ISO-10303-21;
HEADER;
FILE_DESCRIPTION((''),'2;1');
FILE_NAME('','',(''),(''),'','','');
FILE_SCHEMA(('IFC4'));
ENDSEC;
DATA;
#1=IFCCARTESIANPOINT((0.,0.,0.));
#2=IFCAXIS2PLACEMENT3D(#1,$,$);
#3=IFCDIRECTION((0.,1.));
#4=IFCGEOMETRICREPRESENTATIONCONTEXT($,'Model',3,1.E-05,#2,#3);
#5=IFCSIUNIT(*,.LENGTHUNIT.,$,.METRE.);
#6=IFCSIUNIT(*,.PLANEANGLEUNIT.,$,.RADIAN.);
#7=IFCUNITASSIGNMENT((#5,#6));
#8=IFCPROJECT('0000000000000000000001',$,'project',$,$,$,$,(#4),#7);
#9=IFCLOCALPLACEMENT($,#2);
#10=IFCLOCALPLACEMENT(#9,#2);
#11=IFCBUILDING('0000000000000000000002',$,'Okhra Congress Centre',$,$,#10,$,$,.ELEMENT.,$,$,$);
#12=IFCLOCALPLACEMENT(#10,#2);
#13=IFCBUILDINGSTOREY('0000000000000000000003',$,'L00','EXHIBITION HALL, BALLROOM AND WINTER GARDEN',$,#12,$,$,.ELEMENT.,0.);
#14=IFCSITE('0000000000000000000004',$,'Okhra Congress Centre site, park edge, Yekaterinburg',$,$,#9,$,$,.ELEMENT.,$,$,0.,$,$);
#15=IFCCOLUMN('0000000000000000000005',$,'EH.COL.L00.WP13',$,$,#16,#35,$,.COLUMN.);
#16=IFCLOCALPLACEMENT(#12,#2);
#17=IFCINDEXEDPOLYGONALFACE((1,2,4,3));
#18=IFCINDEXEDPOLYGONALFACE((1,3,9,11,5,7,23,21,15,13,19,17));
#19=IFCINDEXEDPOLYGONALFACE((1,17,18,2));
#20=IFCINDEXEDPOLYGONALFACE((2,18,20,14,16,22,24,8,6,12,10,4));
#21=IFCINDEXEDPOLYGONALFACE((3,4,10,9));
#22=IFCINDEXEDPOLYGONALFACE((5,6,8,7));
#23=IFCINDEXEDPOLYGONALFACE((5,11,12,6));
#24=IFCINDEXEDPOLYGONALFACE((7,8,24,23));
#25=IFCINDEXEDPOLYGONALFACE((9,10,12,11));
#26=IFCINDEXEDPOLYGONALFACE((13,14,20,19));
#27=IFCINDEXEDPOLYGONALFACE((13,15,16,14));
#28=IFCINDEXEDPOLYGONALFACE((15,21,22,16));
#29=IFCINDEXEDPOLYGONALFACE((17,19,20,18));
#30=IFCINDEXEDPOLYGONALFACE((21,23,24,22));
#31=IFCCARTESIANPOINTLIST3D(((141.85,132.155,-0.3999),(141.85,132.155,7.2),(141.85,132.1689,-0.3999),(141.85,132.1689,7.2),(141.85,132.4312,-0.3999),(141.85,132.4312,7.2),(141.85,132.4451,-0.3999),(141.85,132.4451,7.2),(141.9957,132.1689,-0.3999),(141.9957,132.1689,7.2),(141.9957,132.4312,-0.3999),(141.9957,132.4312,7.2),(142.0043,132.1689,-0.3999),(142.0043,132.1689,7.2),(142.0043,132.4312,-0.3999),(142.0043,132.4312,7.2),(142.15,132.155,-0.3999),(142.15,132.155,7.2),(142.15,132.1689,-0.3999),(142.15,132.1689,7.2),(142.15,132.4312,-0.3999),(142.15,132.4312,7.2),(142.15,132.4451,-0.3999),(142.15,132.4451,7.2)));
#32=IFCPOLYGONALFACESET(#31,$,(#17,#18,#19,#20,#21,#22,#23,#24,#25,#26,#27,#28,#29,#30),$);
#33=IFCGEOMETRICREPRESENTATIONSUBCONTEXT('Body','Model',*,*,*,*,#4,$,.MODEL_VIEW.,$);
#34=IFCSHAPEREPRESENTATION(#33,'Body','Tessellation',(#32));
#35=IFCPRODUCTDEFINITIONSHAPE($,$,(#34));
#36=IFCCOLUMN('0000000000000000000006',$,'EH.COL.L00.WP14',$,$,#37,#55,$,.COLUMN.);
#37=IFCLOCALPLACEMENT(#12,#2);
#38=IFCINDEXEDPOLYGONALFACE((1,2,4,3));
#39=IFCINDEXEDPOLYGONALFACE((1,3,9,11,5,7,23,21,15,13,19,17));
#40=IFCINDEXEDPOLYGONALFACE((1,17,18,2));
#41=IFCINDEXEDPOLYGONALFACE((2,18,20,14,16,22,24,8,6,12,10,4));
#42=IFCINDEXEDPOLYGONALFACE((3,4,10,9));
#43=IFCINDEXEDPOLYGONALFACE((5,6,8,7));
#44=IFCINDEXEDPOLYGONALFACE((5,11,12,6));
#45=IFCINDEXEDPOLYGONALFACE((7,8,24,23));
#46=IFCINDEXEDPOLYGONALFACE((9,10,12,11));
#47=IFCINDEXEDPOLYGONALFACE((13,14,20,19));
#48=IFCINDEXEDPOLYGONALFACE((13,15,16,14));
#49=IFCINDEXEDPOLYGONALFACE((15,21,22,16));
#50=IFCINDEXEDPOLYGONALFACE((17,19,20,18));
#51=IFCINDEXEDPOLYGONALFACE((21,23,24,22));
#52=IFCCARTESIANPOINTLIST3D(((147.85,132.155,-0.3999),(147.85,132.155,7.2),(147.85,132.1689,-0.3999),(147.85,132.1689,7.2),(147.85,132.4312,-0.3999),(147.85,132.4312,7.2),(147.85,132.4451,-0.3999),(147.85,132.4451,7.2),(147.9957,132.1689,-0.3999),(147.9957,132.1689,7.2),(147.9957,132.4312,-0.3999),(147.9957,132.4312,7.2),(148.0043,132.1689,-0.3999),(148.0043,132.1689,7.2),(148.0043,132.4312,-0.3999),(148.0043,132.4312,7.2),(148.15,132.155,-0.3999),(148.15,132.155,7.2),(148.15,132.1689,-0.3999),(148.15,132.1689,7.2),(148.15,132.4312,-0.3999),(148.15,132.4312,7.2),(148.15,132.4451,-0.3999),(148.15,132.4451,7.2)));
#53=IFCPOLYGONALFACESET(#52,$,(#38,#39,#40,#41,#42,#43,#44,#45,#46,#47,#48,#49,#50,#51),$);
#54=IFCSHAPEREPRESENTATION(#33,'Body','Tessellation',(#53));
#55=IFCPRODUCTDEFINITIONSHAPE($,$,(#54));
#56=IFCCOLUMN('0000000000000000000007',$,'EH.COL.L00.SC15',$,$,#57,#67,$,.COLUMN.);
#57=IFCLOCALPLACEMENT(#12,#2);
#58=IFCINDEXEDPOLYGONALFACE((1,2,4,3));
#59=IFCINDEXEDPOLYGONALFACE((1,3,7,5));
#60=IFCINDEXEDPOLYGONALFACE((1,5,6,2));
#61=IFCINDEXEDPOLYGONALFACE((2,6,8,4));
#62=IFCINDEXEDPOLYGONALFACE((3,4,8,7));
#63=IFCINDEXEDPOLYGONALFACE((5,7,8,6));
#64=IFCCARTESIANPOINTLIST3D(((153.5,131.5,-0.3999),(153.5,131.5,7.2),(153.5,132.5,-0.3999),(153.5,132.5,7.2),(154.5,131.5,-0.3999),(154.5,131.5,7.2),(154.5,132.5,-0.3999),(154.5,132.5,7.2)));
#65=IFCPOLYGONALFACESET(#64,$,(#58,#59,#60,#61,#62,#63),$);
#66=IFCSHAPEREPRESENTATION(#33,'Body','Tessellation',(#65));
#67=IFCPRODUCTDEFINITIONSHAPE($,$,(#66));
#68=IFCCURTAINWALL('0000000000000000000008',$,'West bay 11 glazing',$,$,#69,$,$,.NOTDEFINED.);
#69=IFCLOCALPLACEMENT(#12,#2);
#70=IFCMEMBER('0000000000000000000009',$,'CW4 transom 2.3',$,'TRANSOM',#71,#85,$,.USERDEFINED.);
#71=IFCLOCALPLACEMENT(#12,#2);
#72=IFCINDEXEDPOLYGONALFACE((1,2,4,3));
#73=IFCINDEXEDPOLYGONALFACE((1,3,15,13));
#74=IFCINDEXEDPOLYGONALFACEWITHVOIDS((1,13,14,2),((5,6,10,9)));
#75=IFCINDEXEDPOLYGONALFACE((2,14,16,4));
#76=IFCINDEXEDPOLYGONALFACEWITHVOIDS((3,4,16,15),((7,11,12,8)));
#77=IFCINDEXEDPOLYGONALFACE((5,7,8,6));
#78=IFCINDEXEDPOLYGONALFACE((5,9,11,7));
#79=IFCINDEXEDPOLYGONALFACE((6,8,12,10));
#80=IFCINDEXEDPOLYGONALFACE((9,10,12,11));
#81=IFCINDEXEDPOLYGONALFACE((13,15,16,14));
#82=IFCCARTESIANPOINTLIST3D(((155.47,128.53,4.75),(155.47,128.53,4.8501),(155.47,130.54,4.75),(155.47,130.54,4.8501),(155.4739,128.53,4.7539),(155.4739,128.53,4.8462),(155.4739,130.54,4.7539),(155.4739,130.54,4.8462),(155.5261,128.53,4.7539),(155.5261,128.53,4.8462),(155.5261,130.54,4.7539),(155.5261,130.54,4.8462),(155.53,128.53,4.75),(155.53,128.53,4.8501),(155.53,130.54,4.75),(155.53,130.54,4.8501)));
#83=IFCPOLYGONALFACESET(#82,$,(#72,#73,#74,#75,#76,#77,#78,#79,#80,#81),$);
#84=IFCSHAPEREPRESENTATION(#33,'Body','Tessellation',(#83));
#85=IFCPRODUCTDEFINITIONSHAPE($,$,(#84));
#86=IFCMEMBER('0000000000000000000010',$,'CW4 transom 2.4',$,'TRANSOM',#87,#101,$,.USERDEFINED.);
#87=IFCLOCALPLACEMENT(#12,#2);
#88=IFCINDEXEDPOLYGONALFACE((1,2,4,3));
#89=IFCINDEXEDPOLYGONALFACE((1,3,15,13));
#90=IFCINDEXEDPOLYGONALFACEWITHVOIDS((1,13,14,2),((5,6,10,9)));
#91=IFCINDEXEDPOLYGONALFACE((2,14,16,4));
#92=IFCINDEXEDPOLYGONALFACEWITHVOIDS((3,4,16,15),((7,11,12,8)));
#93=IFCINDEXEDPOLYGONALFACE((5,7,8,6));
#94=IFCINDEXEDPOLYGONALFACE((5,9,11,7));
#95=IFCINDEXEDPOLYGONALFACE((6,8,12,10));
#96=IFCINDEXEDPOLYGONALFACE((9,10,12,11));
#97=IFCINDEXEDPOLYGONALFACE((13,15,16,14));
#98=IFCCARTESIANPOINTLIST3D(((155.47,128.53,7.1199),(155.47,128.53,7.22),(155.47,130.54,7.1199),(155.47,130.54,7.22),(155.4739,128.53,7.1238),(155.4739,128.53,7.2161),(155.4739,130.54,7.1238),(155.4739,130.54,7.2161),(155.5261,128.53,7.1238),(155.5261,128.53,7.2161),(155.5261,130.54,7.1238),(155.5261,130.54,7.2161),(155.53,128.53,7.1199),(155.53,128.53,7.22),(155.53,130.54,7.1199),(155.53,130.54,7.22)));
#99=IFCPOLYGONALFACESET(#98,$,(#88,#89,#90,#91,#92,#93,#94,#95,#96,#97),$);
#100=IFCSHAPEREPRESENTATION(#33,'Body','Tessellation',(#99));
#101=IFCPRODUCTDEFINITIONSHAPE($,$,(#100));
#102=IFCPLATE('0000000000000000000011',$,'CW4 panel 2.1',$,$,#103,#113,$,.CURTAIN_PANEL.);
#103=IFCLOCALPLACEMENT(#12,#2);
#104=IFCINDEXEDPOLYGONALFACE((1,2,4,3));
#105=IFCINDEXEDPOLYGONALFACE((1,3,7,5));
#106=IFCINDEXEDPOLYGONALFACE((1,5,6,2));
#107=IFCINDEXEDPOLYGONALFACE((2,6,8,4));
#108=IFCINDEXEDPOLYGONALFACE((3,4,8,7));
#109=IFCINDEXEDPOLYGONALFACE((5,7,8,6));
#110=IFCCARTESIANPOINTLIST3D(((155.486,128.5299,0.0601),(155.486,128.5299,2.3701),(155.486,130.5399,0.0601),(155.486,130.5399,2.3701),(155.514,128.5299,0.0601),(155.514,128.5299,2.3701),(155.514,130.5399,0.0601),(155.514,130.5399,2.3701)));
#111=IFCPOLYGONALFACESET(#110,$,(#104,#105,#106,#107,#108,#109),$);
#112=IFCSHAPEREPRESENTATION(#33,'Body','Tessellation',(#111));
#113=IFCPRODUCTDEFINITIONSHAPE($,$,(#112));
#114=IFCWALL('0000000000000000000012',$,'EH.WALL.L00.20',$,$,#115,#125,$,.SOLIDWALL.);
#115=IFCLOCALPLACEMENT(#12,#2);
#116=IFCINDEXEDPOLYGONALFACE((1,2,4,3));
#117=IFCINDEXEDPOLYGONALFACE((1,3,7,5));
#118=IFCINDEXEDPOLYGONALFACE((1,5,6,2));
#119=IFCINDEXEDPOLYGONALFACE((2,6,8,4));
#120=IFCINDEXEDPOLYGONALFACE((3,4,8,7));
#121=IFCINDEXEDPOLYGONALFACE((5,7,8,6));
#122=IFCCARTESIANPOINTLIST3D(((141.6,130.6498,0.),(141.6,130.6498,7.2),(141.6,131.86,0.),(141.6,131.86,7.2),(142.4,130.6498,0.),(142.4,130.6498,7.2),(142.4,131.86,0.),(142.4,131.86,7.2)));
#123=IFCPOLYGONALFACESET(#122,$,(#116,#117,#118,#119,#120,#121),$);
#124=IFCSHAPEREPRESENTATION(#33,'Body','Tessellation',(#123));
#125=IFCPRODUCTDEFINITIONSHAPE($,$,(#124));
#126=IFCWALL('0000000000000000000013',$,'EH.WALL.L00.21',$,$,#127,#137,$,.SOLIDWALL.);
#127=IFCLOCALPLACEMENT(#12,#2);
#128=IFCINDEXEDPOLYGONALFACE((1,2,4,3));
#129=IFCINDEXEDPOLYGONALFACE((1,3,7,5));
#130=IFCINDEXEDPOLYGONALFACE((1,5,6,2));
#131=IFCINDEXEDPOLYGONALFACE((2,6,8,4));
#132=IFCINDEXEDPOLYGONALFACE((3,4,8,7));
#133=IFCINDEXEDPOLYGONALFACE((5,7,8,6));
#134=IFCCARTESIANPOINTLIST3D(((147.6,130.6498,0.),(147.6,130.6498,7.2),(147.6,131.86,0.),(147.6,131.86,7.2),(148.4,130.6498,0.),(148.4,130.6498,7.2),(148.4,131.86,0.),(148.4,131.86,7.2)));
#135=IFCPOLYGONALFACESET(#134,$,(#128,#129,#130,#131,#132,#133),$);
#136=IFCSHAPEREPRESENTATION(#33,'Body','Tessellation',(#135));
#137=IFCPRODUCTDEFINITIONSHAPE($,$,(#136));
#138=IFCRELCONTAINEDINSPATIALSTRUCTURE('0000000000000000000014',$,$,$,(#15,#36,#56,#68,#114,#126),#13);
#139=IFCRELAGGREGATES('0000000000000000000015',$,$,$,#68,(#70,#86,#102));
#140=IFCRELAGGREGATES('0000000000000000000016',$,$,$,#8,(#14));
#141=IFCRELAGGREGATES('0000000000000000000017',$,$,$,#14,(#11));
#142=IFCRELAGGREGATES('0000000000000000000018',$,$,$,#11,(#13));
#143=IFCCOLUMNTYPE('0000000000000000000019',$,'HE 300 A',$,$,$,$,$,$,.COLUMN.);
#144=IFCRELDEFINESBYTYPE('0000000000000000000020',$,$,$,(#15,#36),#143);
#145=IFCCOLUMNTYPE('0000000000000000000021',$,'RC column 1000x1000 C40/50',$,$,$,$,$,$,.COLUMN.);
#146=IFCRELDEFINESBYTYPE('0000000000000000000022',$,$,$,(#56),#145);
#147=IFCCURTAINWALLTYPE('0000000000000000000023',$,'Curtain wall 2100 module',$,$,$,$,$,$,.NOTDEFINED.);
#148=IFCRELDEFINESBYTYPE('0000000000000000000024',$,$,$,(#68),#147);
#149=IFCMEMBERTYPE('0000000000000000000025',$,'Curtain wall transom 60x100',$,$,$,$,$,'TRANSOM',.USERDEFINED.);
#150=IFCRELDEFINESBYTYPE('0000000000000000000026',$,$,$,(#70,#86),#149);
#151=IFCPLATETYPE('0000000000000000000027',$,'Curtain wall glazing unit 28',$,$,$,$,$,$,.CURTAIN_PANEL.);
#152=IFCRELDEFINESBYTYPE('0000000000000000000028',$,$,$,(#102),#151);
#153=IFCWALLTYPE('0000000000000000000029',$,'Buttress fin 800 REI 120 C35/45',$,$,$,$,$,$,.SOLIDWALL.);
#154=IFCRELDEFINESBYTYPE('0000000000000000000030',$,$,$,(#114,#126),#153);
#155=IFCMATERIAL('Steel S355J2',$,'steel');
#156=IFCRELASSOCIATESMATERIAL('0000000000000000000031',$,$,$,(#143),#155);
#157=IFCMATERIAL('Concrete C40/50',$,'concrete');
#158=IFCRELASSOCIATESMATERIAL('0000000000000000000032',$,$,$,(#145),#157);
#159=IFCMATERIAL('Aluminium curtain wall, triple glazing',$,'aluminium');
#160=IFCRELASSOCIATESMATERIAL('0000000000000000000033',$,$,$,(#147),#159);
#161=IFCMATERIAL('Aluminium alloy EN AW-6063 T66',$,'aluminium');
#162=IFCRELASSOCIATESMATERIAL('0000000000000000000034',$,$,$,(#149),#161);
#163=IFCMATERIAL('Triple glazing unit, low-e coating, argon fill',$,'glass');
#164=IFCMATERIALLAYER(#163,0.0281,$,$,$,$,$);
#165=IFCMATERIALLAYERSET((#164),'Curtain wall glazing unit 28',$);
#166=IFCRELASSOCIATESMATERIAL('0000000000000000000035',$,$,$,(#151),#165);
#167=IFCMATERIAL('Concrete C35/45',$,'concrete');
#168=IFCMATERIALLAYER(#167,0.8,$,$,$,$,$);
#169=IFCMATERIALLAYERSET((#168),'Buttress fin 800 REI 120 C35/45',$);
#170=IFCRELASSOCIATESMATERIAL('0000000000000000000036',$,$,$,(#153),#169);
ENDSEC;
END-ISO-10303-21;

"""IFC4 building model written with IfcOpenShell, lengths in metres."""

from ifc_helpers import new_model, si_unit, direction, frame, frame_2d, origin, origin_2d, place, context, subcontext, project, spatial, rectangle, hollow_rectangle, i_section, extrude, material, layer, layer_set, material_profile, profile_set, type_object, element, aggregate, save


model = new_model("IFC4")

# Units and contexts
model_context = context("Model", 3, precision=1e-05, world=origin(), true_north=direction((0.0, 1.0)))
body_context = subcontext(model_context, "Body", "Model", "MODEL_VIEW")
ifc_project = project(units=[si_unit("LENGTHUNIT", "METRE"), si_unit("PLANEANGLEUNIT", "RADIAN")], contexts=[model_context])

# Site, building, storey
site_placement = place(None, origin())
site = spatial("IfcSite", under=ifc_project, at=site_placement, Name="Okhra Congress Centre site, park edge, Yekaterinburg", CompositionType="ELEMENT", RefElevation=0.0)
building_placement = place(site_placement, origin())
building = spatial("IfcBuilding", under=site, at=building_placement, Name="Okhra Congress Centre", CompositionType="ELEMENT")
storey_placement = place(building_placement, origin())
storey = spatial("IfcBuildingStorey", under=building, at=storey_placement, Name="L00", Description="EXHIBITION HALL, BALLROOM AND WINTER GARDEN", CompositionType="ELEMENT", Elevation=0.0)

# Columns
ifc_material_1 = material(Name="Steel S355J2", Category="steel")
ifc_material_profile_1 = material_profile(ifc_material_1, i_section(OverallWidth=0.3, OverallDepth=0.29, WebThickness=0.0085, FlangeThickness=0.0139, at=origin_2d()), Name="HE 300 A")
ifc_profile_set_1 = profile_set([ifc_material_profile_1], Name="Steel S355J2")
column_type_1 = type_object("IfcColumnType", Name="HE 300 A", PredefinedType="COLUMN", material=ifc_profile_set_1)
for number, where, z_axis, x_axis, name in (
    (1, (142.0, 132.3, -0.3999), (0.0, 0.0, 1.0), (1.0, 0.0, 0.0), "EH.COL.L00.WP13"),
    (2, (148.0, 132.3, -0.3999), (0.0, 0.0, 1.0), (1.0, 0.0, 0.0), "EH.COL.L00.WP14"),
):
    element("IfcColumn", number, at=place(storey_placement, frame(where, z_axis=z_axis, x_axis=x_axis)), inside=storey, type_object=column_type_1, Name=name, PredefinedType="COLUMN", context=body_context, shape_type="SweptSolid", body=[
        extrude(i_section(OverallWidth=0.3, OverallDepth=0.29, WebThickness=0.0085, FlangeThickness=0.0139, at=origin_2d()), origin(), (0.0, 0.0, 1.0), 7.5999),
    ])
ifc_material_2 = material(Name="Concrete C40/50", Category="concrete")
ifc_material_profile_2 = material_profile(ifc_material_2, rectangle(XDim=1.0, YDim=1.0, at=origin_2d()), Name="RC 1000x1000")
ifc_profile_set_2 = profile_set([ifc_material_profile_2], Name="Concrete C40/50")
column_type_2 = type_object("IfcColumnType", Name="RC column 1000x1000 C40/50", PredefinedType="COLUMN", material=ifc_profile_set_2)
column_placement = place(storey_placement, frame((154.0, 132.0, -0.3999), z_axis=(0.0, 0.0, 1.0), x_axis=(1.0, 0.0, 0.0)))
element("IfcColumn", 3, at=column_placement, inside=storey, type_object=column_type_2, Name="EH.COL.L00.SC15", PredefinedType="COLUMN", context=body_context, shape_type="SweptSolid", body=[
    extrude(rectangle(XDim=1.0, YDim=1.0, at=origin_2d()), origin(), (0.0, 0.0, 1.0), 7.5999),
])

# Curtain wall, members, plate
ifc_material_3 = material(Name="Aluminium curtain wall, triple glazing", Category="aluminium")
curtain_wall_type = type_object("IfcCurtainWallType", Name="Curtain wall 2100 module", PredefinedType="NOTDEFINED", material=ifc_material_3)
curtain_wall_placement = place(storey_placement, origin())
curtain_wall = element("IfcCurtainWall", 4, at=curtain_wall_placement, inside=storey, type_object=curtain_wall_type, Name="West bay 11 glazing", PredefinedType="NOTDEFINED")
ifc_material_4 = material(Name="Aluminium alloy EN AW-6063 T66", Category="aluminium")
ifc_material_profile_3 = material_profile(ifc_material_4, hollow_rectangle(XDim=0.0601, YDim=0.1001, WallThickness=0.0039, at=origin_2d()), Name="RHS 60x100x4")
ifc_profile_set_3 = profile_set([ifc_material_profile_3], Name="Aluminium alloy EN AW-6063 T66")
member_type = type_object("IfcMemberType", Name="Curtain wall transom 60x100", ElementType="TRANSOM", PredefinedType="USERDEFINED", material=ifc_profile_set_3)
member_1_placement = place(storey_placement, frame((155.5, 128.53, 4.8), z_axis=(0.0, 1.0, 0.0), x_axis=(-1.0, 0.0, 0.0)))
member_1 = element("IfcMember", 5, at=member_1_placement, type_object=member_type, Name="CW4 transom 2.3", ObjectType="TRANSOM", PredefinedType="USERDEFINED", context=body_context, shape_type="SweptSolid", body=[
    extrude(hollow_rectangle(XDim=0.0601, YDim=0.1001, WallThickness=0.0039, at=origin_2d()), origin(), (0.0, 0.0, 1.0), 2.01),
])
member_2_placement = place(storey_placement, frame((155.5, 128.53, 7.1699), z_axis=(0.0, 1.0, 0.0), x_axis=(-1.0, 0.0, 0.0)))
member_2 = element("IfcMember", 6, at=member_2_placement, type_object=member_type, Name="CW4 transom 2.4", ObjectType="TRANSOM", PredefinedType="USERDEFINED", context=body_context, shape_type="SweptSolid", body=[
    extrude(hollow_rectangle(XDim=0.0601, YDim=0.1001, WallThickness=0.0039, at=origin_2d()), origin(), (0.0, 0.0, 1.0), 2.01),
])
ifc_material_5 = material(Name="Triple glazing unit, low-e coating, argon fill", Category="glass")
ifc_layer_1 = layer(ifc_material_5, 0.0281)
ifc_layer_set_1 = layer_set([ifc_layer_1], Name="Curtain wall glazing unit 28")
plate_type = type_object("IfcPlateType", Name="Curtain wall glazing unit 28", PredefinedType="CURTAIN_PANEL", material=ifc_layer_set_1)
plate_placement = place(storey_placement, frame((155.5, 129.5349, 0.0601), z_axis=(0.0, 0.0, 1.0), x_axis=(0.0, 1.0, 0.0)))
plate = element("IfcPlate", 7, at=plate_placement, type_object=plate_type, Name="CW4 panel 2.1", PredefinedType="CURTAIN_PANEL", context=body_context, shape_type="SweptSolid", body=[
    extrude(rectangle(XDim=2.01, YDim=0.0281, at=origin_2d()), origin(), (0.0, 0.0, 1.0), 2.3101),
])
aggregate(curtain_wall, [member_1, member_2, plate])

# Walls
ifc_material_6 = material(Name="Concrete C35/45", Category="concrete")
ifc_layer_2 = layer(ifc_material_6, 0.8)
ifc_layer_set_2 = layer_set([ifc_layer_2], Name="Buttress fin 800 REI 120 C35/45")
wall_type_1 = type_object("IfcWallType", Name="Buttress fin 800 REI 120 C35/45", PredefinedType="SOLIDWALL", material=ifc_layer_set_2)
for number, where, z_axis, x_axis, name in (
    (8, (142.0, 130.6499, 0.0), (0.0, 0.0, 1.0), (0.0, 1.0, 0.0), "EH.WALL.L00.20"),
    (9, (148.0, 130.6499, 0.0), (0.0, 0.0, 1.0), (0.0, 1.0, 0.0), "EH.WALL.L00.21"),
):
    element("IfcWall", number, at=place(storey_placement, frame(where, z_axis=z_axis, x_axis=x_axis)), inside=storey, type_object=wall_type_1, Name=name, PredefinedType="SOLIDWALL", context=body_context, shape_type="SweptSolid", body=[
        extrude(rectangle(XDim=1.2102, YDim=0.8, at=frame_2d((0.605, 0.0))), origin(), (0.0, 0.0, 1.0), 7.2),
    ])

save(model, "model.ifc")
